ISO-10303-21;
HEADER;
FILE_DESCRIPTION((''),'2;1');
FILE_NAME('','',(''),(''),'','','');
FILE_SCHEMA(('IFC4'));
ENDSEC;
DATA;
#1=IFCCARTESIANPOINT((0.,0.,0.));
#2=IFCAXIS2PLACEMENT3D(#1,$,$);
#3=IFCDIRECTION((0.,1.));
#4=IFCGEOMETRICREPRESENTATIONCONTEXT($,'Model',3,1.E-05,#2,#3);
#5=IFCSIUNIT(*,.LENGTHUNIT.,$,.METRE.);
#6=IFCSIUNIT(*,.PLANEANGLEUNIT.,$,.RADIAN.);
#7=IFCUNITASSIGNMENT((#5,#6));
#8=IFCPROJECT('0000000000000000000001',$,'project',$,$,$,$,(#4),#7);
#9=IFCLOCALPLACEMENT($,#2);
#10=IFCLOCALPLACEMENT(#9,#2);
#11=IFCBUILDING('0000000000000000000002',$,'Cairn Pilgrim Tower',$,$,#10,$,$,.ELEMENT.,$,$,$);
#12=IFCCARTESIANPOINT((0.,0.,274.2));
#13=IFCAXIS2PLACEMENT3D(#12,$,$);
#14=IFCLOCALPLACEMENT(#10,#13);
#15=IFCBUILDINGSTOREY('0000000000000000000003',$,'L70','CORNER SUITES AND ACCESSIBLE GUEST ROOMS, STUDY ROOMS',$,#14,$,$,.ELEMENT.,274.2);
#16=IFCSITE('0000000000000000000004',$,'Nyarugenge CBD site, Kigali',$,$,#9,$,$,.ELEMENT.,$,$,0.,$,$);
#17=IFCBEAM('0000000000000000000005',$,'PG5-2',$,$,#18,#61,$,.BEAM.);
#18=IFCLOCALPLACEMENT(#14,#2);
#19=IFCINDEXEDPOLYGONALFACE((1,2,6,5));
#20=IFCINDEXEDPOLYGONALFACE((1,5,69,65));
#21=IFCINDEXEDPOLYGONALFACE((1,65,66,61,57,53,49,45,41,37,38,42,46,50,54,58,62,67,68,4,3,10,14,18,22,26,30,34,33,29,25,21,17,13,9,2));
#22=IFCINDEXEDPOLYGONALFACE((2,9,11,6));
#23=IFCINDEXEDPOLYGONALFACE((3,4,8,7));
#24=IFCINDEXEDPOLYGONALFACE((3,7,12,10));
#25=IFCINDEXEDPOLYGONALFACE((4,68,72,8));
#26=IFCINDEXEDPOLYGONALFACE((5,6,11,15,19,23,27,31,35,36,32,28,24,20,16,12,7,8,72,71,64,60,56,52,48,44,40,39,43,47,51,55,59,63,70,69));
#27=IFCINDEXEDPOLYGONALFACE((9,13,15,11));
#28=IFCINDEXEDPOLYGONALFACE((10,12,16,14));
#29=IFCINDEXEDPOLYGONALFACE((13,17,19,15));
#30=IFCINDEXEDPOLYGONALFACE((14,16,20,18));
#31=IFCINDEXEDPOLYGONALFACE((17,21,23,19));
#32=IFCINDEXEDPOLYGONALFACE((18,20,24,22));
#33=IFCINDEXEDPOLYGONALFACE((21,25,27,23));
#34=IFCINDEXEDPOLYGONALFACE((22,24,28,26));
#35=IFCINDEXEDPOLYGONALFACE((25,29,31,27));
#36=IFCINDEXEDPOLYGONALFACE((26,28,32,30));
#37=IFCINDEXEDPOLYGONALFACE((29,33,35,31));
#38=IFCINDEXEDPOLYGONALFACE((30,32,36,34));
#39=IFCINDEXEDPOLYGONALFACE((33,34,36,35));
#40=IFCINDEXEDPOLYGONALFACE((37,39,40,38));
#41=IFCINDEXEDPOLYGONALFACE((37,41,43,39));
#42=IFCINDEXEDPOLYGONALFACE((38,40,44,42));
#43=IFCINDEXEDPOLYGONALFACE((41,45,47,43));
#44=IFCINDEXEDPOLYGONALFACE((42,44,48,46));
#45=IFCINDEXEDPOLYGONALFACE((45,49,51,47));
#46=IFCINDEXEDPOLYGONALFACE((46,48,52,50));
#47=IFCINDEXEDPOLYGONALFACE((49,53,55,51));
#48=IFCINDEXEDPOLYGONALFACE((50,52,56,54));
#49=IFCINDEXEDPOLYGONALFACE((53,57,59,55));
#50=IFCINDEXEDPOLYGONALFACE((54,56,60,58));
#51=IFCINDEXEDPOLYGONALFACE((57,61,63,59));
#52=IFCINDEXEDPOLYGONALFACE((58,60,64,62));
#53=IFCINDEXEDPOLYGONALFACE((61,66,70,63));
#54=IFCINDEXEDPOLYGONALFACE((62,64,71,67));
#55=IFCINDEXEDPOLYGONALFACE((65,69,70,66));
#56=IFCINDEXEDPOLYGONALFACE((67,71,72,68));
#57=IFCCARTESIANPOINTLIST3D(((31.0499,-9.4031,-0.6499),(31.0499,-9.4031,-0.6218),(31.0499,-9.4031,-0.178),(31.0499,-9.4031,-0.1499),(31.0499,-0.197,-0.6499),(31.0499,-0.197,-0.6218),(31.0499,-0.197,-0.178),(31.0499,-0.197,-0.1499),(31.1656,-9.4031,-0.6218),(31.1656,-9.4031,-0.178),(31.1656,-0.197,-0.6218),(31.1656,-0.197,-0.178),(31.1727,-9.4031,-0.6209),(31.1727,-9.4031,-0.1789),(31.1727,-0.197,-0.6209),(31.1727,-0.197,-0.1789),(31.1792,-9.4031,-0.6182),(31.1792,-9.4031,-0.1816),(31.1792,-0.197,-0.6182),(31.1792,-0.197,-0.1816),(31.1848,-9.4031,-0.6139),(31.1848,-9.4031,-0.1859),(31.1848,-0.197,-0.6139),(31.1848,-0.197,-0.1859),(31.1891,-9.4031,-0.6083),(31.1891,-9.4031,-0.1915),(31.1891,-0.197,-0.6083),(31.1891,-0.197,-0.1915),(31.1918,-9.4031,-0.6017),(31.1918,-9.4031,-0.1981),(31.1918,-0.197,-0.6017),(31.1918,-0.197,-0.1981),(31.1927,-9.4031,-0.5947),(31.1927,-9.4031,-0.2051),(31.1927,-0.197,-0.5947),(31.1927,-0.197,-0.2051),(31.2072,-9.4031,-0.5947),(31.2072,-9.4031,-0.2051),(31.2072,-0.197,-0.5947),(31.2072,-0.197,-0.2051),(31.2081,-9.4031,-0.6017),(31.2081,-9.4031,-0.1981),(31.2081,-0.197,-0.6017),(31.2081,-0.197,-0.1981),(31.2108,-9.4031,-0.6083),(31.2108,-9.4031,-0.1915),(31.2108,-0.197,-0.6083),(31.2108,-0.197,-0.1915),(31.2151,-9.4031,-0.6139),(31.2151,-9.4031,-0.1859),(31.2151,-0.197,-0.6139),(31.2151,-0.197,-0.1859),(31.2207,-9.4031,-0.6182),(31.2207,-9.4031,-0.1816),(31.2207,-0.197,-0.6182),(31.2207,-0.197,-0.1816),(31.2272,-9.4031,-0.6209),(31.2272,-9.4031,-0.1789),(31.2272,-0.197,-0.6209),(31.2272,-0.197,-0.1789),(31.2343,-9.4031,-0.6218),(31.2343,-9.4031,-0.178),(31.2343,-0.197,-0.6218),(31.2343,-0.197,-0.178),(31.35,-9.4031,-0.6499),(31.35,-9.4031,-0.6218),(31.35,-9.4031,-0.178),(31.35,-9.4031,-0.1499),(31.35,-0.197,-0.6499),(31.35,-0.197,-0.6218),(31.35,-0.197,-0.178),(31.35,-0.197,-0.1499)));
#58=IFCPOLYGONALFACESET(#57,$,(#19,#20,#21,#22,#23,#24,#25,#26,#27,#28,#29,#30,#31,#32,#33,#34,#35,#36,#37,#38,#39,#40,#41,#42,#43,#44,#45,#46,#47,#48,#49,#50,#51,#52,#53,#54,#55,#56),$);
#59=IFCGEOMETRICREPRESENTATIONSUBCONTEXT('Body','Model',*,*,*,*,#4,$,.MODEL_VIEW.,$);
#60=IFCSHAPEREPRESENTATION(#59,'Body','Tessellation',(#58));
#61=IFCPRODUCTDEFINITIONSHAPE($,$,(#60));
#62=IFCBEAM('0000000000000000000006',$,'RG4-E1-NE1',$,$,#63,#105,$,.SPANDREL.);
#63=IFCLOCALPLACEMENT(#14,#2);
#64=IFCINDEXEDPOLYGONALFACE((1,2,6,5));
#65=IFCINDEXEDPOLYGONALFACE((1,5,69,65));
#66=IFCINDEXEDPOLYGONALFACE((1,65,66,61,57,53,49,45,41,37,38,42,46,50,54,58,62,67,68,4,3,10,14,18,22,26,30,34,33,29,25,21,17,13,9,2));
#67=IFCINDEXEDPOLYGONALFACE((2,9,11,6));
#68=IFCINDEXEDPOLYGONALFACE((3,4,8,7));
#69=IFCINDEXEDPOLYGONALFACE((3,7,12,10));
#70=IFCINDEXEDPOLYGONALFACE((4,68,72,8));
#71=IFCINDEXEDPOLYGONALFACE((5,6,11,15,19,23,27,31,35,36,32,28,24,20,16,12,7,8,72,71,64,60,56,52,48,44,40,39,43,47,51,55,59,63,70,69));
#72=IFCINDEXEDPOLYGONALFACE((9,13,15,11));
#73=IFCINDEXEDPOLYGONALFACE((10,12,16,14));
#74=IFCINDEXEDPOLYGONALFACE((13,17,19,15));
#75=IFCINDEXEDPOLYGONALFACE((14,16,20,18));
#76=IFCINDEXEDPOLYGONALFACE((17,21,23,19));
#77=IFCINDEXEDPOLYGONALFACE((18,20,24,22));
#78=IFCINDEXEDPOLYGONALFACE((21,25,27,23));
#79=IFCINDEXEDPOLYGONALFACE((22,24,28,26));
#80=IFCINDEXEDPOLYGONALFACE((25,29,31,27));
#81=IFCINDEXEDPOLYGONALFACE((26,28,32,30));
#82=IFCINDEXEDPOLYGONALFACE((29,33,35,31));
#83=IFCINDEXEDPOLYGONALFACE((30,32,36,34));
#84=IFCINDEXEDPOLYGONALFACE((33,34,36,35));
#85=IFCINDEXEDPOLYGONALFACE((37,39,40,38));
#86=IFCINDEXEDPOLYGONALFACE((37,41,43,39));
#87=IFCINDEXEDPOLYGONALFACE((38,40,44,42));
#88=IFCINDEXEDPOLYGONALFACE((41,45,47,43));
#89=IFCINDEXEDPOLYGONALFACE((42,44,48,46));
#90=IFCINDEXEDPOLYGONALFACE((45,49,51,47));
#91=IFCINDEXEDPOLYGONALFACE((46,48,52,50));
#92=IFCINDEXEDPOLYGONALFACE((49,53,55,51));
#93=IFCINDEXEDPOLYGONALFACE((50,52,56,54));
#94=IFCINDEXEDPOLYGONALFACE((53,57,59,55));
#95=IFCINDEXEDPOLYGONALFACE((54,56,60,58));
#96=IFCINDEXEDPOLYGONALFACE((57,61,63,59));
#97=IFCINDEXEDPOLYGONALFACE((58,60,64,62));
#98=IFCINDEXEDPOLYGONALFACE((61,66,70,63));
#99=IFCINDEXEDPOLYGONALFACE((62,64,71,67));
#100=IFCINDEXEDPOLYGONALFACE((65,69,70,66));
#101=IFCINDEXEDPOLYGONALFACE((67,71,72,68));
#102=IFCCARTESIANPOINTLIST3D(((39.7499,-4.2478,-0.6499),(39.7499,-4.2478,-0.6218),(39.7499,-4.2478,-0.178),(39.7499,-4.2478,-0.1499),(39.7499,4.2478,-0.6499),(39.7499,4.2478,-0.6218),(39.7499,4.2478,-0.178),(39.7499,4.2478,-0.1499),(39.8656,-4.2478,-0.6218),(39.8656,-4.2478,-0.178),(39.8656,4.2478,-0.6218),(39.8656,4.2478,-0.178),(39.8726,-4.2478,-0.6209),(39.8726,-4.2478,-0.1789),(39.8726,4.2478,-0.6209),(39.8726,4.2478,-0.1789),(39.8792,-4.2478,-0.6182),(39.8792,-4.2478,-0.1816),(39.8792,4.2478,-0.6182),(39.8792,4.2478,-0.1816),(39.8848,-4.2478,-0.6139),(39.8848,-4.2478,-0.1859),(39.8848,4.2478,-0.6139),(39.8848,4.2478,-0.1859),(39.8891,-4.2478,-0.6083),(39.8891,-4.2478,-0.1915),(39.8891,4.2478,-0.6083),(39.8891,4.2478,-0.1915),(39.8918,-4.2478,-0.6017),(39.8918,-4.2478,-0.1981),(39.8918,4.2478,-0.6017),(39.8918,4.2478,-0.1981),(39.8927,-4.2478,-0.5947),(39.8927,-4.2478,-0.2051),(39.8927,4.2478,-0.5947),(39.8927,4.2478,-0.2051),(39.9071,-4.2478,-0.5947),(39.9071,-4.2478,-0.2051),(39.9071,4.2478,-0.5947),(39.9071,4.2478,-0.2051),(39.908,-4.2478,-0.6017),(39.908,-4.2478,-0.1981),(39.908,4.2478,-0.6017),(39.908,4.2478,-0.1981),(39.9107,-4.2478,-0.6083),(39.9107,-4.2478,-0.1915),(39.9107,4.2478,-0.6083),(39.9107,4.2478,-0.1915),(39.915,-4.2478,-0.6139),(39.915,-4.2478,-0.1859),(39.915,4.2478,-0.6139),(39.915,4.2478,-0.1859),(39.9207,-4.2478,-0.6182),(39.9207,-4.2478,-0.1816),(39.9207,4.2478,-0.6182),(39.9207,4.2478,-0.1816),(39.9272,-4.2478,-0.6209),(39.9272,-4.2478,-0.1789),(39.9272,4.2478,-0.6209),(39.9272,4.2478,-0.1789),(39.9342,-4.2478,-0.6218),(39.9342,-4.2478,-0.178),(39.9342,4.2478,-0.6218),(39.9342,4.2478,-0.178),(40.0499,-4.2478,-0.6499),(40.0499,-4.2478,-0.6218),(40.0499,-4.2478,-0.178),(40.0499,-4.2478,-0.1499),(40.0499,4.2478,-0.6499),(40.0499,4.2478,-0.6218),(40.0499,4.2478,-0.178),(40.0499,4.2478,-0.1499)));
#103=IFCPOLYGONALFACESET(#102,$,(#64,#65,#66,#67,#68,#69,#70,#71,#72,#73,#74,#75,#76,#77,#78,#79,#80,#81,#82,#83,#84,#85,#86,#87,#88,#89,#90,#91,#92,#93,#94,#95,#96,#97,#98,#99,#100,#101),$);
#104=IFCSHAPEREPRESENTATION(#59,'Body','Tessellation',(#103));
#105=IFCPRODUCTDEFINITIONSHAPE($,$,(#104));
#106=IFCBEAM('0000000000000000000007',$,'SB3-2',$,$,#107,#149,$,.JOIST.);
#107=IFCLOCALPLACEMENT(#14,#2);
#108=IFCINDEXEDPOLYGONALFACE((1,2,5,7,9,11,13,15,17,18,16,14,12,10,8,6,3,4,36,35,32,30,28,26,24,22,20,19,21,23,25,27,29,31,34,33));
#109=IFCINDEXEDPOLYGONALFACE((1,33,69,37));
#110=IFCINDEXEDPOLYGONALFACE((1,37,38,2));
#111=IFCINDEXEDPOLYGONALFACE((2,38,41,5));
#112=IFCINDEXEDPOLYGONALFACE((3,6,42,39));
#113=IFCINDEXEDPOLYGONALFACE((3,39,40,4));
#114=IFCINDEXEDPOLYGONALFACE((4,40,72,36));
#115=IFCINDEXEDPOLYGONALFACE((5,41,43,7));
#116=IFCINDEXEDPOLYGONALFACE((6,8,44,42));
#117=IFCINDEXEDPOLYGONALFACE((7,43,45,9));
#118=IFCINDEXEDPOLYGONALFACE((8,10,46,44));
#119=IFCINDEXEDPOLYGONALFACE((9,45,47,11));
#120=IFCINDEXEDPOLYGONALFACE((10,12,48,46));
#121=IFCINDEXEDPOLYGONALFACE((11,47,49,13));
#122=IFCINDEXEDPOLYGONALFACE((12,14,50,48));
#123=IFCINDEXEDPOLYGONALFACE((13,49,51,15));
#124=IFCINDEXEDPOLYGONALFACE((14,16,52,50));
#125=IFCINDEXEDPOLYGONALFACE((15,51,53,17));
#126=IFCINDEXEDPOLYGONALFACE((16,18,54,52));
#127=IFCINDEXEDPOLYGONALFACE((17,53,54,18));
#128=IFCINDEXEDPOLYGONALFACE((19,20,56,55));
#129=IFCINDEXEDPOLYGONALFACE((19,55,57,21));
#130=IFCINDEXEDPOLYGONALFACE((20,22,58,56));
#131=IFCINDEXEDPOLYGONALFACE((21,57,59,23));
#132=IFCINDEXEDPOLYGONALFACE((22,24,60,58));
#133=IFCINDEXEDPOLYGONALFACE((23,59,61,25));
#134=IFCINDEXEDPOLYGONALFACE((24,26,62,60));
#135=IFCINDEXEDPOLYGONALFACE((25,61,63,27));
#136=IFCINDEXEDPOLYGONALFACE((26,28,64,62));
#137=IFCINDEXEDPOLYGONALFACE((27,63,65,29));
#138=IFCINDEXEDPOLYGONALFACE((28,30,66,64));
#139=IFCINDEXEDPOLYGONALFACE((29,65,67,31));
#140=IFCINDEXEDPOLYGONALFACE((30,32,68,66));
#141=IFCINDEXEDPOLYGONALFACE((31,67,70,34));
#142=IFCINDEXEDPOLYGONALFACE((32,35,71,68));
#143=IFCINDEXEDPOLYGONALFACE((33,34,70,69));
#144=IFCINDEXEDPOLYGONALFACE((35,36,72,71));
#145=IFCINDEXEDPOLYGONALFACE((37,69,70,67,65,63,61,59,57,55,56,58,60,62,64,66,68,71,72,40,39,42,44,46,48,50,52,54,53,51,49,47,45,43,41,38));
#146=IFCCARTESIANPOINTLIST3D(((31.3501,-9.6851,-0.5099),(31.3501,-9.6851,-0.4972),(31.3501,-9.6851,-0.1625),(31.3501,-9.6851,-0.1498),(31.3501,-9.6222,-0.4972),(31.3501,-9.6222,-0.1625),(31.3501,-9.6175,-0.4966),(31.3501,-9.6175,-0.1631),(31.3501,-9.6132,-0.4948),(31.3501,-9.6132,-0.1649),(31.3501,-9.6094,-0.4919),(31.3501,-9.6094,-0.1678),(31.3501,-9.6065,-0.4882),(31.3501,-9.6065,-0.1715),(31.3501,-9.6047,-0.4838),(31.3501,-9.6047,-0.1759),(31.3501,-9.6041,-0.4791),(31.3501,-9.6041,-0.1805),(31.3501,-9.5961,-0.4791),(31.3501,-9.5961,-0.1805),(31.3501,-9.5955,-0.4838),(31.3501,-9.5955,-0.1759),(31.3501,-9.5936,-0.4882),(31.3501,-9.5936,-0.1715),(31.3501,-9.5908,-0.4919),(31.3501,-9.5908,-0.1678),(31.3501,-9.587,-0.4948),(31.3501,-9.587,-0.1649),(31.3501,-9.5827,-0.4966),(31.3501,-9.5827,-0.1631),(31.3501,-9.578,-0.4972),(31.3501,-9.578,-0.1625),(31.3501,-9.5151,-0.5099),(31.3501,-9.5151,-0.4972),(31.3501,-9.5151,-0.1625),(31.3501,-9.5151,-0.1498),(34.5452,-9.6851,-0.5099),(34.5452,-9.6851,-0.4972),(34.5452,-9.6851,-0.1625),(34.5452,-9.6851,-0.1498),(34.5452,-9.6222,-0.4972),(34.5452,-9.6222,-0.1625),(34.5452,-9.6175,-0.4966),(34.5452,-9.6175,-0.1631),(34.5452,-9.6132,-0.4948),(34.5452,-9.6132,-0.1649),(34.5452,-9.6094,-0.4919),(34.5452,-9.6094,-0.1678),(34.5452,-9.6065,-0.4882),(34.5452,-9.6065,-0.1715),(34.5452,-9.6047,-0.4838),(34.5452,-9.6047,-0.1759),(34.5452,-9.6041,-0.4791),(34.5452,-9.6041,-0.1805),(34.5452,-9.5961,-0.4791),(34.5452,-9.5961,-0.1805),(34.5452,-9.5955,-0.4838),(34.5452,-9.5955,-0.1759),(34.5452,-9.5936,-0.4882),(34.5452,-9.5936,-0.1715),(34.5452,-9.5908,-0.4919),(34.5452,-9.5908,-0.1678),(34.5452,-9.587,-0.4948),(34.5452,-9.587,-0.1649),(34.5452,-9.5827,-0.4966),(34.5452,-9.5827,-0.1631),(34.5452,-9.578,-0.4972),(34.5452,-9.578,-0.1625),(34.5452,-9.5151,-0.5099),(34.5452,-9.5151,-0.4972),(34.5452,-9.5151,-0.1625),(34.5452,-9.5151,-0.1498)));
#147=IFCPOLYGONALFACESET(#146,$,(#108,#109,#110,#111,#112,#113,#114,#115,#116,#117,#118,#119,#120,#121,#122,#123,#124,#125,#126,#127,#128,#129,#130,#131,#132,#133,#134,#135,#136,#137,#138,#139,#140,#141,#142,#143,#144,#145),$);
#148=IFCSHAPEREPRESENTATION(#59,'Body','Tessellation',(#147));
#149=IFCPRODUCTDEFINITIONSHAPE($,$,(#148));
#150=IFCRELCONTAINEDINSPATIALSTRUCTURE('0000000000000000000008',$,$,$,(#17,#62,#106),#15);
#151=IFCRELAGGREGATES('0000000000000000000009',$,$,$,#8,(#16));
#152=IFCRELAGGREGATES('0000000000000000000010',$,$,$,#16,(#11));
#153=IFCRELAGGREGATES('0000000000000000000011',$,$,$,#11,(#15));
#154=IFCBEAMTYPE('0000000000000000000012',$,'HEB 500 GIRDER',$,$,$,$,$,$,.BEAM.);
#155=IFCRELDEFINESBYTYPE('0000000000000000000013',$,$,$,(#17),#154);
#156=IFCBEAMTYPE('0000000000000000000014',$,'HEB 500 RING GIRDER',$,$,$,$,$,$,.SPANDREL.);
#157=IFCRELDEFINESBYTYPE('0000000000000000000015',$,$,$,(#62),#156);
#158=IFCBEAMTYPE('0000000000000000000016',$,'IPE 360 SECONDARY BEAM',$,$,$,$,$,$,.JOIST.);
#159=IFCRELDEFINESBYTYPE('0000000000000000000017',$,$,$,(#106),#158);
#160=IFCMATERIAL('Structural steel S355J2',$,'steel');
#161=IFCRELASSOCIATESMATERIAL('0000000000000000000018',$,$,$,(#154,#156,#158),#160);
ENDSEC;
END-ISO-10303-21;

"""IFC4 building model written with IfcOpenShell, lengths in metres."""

from ifc_helpers import new_model, si_unit, direction, frame, origin, origin_2d, place, context, subcontext, project, spatial, i_section, extrude, material, material_profile, profile_set, type_object, element, save


model = new_model("IFC4")

# Units and contexts
model_context = context("Model", 3, precision=1e-05, world=origin(), true_north=direction((0.0, 1.0)))
body_context = subcontext(model_context, "Body", "Model", "MODEL_VIEW")
ifc_project = project(units=[si_unit("LENGTHUNIT", "METRE"), si_unit("PLANEANGLEUNIT", "RADIAN")], contexts=[model_context])

# Site, building, storey
site_placement = place(None, origin())
site = spatial("IfcSite", under=ifc_project, at=site_placement, Name="Nyarugenge CBD site, Kigali", CompositionType="ELEMENT", RefElevation=0.0)
building_placement = place(site_placement, origin())
building = spatial("IfcBuilding", under=site, at=building_placement, Name="Cairn Pilgrim Tower", CompositionType="ELEMENT")
storey_placement = place(building_placement, frame((0.0, 0.0, 274.2)))
storey = spatial("IfcBuildingStorey", under=building, at=storey_placement, Name="L70", Description="CORNER SUITES AND ACCESSIBLE GUEST ROOMS, STUDY ROOMS", CompositionType="ELEMENT", Elevation=274.2)

# Shared definitions
ifc_material_1 = material(Name="Structural steel S355J2", Category="steel")

# Beams
ifc_material_profile_1 = material_profile(ifc_material_1, i_section(OverallWidth=0.3, OverallDepth=0.5, WebThickness=0.0144, FlangeThickness=0.0281, FilletRadius=0.0271, at=origin_2d()), Name="HEB 500")
ifc_profile_set_1 = profile_set([ifc_material_profile_1], Name="Structural steel S355J2")
beam_type_1 = type_object("IfcBeamType", Name="HEB 500 GIRDER", PredefinedType="BEAM", material=ifc_profile_set_1)
beam_1_placement = place(storey_placement, frame((31.2, -9.4031, -0.3999), z_axis=(0.0, 1.0, 0.0), x_axis=(-1.0, 0.0, 0.0)))
element("IfcBeam", 1, at=beam_1_placement, inside=storey, type_object=beam_type_1, Name="PG5-2", PredefinedType="BEAM", context=body_context, shape_type="SweptSolid", body=[
    extrude(i_section(OverallWidth=0.3, OverallDepth=0.5, WebThickness=0.0144, FlangeThickness=0.0281, FilletRadius=0.0271, at=origin_2d()), origin(), (0.0, 0.0, 1.0), 9.2061),
])
ifc_material_profile_2 = material_profile(ifc_material_1, i_section(OverallWidth=0.3, OverallDepth=0.5, WebThickness=0.0144, FlangeThickness=0.0281, FilletRadius=0.0271, at=origin_2d()), Name="HEB 500")
ifc_profile_set_2 = profile_set([ifc_material_profile_2], Name="Structural steel S355J2")
beam_type_2 = type_object("IfcBeamType", Name="HEB 500 RING GIRDER", PredefinedType="SPANDREL", material=ifc_profile_set_2)
beam_2_placement = place(storey_placement, frame((39.8999, -4.2478, -0.3999), z_axis=(0.0, 1.0, 0.0), x_axis=(-1.0, 0.0, 0.0)))
element("IfcBeam", 2, at=beam_2_placement, inside=storey, type_object=beam_type_2, Name="RG4-E1-NE1", PredefinedType="SPANDREL", context=body_context, shape_type="SweptSolid", body=[
    extrude(i_section(OverallWidth=0.3, OverallDepth=0.5, WebThickness=0.0144, FlangeThickness=0.0281, FilletRadius=0.0271, at=origin_2d()), origin(), (0.0, 0.0, 1.0), 8.4956),
])
ifc_material_profile_3 = material_profile(ifc_material_1, i_section(OverallWidth=0.1699, OverallDepth=0.3601, WebThickness=0.0081, FlangeThickness=0.0127, FilletRadius=0.0181, at=origin_2d()), Name="IPE 360")
ifc_profile_set_3 = profile_set([ifc_material_profile_3], Name="Structural steel S355J2")
beam_type_3 = type_object("IfcBeamType", Name="IPE 360 SECONDARY BEAM", PredefinedType="JOIST", material=ifc_profile_set_3)
beam_3_placement = place(storey_placement, frame((31.3501, -9.6001, -0.3298), z_axis=(1.0, 0.0, 0.0), x_axis=(0.0, 1.0, 0.0)))
element("IfcBeam", 3, at=beam_3_placement, inside=storey, type_object=beam_type_3, Name="SB3-2", PredefinedType="JOIST", context=body_context, shape_type="SweptSolid", body=[
    extrude(i_section(OverallWidth=0.1699, OverallDepth=0.3601, WebThickness=0.0081, FlangeThickness=0.0127, FilletRadius=0.0181, at=origin_2d()), origin(), (0.0, 0.0, 1.0), 3.1951),
])

save(model, "model.ifc")
